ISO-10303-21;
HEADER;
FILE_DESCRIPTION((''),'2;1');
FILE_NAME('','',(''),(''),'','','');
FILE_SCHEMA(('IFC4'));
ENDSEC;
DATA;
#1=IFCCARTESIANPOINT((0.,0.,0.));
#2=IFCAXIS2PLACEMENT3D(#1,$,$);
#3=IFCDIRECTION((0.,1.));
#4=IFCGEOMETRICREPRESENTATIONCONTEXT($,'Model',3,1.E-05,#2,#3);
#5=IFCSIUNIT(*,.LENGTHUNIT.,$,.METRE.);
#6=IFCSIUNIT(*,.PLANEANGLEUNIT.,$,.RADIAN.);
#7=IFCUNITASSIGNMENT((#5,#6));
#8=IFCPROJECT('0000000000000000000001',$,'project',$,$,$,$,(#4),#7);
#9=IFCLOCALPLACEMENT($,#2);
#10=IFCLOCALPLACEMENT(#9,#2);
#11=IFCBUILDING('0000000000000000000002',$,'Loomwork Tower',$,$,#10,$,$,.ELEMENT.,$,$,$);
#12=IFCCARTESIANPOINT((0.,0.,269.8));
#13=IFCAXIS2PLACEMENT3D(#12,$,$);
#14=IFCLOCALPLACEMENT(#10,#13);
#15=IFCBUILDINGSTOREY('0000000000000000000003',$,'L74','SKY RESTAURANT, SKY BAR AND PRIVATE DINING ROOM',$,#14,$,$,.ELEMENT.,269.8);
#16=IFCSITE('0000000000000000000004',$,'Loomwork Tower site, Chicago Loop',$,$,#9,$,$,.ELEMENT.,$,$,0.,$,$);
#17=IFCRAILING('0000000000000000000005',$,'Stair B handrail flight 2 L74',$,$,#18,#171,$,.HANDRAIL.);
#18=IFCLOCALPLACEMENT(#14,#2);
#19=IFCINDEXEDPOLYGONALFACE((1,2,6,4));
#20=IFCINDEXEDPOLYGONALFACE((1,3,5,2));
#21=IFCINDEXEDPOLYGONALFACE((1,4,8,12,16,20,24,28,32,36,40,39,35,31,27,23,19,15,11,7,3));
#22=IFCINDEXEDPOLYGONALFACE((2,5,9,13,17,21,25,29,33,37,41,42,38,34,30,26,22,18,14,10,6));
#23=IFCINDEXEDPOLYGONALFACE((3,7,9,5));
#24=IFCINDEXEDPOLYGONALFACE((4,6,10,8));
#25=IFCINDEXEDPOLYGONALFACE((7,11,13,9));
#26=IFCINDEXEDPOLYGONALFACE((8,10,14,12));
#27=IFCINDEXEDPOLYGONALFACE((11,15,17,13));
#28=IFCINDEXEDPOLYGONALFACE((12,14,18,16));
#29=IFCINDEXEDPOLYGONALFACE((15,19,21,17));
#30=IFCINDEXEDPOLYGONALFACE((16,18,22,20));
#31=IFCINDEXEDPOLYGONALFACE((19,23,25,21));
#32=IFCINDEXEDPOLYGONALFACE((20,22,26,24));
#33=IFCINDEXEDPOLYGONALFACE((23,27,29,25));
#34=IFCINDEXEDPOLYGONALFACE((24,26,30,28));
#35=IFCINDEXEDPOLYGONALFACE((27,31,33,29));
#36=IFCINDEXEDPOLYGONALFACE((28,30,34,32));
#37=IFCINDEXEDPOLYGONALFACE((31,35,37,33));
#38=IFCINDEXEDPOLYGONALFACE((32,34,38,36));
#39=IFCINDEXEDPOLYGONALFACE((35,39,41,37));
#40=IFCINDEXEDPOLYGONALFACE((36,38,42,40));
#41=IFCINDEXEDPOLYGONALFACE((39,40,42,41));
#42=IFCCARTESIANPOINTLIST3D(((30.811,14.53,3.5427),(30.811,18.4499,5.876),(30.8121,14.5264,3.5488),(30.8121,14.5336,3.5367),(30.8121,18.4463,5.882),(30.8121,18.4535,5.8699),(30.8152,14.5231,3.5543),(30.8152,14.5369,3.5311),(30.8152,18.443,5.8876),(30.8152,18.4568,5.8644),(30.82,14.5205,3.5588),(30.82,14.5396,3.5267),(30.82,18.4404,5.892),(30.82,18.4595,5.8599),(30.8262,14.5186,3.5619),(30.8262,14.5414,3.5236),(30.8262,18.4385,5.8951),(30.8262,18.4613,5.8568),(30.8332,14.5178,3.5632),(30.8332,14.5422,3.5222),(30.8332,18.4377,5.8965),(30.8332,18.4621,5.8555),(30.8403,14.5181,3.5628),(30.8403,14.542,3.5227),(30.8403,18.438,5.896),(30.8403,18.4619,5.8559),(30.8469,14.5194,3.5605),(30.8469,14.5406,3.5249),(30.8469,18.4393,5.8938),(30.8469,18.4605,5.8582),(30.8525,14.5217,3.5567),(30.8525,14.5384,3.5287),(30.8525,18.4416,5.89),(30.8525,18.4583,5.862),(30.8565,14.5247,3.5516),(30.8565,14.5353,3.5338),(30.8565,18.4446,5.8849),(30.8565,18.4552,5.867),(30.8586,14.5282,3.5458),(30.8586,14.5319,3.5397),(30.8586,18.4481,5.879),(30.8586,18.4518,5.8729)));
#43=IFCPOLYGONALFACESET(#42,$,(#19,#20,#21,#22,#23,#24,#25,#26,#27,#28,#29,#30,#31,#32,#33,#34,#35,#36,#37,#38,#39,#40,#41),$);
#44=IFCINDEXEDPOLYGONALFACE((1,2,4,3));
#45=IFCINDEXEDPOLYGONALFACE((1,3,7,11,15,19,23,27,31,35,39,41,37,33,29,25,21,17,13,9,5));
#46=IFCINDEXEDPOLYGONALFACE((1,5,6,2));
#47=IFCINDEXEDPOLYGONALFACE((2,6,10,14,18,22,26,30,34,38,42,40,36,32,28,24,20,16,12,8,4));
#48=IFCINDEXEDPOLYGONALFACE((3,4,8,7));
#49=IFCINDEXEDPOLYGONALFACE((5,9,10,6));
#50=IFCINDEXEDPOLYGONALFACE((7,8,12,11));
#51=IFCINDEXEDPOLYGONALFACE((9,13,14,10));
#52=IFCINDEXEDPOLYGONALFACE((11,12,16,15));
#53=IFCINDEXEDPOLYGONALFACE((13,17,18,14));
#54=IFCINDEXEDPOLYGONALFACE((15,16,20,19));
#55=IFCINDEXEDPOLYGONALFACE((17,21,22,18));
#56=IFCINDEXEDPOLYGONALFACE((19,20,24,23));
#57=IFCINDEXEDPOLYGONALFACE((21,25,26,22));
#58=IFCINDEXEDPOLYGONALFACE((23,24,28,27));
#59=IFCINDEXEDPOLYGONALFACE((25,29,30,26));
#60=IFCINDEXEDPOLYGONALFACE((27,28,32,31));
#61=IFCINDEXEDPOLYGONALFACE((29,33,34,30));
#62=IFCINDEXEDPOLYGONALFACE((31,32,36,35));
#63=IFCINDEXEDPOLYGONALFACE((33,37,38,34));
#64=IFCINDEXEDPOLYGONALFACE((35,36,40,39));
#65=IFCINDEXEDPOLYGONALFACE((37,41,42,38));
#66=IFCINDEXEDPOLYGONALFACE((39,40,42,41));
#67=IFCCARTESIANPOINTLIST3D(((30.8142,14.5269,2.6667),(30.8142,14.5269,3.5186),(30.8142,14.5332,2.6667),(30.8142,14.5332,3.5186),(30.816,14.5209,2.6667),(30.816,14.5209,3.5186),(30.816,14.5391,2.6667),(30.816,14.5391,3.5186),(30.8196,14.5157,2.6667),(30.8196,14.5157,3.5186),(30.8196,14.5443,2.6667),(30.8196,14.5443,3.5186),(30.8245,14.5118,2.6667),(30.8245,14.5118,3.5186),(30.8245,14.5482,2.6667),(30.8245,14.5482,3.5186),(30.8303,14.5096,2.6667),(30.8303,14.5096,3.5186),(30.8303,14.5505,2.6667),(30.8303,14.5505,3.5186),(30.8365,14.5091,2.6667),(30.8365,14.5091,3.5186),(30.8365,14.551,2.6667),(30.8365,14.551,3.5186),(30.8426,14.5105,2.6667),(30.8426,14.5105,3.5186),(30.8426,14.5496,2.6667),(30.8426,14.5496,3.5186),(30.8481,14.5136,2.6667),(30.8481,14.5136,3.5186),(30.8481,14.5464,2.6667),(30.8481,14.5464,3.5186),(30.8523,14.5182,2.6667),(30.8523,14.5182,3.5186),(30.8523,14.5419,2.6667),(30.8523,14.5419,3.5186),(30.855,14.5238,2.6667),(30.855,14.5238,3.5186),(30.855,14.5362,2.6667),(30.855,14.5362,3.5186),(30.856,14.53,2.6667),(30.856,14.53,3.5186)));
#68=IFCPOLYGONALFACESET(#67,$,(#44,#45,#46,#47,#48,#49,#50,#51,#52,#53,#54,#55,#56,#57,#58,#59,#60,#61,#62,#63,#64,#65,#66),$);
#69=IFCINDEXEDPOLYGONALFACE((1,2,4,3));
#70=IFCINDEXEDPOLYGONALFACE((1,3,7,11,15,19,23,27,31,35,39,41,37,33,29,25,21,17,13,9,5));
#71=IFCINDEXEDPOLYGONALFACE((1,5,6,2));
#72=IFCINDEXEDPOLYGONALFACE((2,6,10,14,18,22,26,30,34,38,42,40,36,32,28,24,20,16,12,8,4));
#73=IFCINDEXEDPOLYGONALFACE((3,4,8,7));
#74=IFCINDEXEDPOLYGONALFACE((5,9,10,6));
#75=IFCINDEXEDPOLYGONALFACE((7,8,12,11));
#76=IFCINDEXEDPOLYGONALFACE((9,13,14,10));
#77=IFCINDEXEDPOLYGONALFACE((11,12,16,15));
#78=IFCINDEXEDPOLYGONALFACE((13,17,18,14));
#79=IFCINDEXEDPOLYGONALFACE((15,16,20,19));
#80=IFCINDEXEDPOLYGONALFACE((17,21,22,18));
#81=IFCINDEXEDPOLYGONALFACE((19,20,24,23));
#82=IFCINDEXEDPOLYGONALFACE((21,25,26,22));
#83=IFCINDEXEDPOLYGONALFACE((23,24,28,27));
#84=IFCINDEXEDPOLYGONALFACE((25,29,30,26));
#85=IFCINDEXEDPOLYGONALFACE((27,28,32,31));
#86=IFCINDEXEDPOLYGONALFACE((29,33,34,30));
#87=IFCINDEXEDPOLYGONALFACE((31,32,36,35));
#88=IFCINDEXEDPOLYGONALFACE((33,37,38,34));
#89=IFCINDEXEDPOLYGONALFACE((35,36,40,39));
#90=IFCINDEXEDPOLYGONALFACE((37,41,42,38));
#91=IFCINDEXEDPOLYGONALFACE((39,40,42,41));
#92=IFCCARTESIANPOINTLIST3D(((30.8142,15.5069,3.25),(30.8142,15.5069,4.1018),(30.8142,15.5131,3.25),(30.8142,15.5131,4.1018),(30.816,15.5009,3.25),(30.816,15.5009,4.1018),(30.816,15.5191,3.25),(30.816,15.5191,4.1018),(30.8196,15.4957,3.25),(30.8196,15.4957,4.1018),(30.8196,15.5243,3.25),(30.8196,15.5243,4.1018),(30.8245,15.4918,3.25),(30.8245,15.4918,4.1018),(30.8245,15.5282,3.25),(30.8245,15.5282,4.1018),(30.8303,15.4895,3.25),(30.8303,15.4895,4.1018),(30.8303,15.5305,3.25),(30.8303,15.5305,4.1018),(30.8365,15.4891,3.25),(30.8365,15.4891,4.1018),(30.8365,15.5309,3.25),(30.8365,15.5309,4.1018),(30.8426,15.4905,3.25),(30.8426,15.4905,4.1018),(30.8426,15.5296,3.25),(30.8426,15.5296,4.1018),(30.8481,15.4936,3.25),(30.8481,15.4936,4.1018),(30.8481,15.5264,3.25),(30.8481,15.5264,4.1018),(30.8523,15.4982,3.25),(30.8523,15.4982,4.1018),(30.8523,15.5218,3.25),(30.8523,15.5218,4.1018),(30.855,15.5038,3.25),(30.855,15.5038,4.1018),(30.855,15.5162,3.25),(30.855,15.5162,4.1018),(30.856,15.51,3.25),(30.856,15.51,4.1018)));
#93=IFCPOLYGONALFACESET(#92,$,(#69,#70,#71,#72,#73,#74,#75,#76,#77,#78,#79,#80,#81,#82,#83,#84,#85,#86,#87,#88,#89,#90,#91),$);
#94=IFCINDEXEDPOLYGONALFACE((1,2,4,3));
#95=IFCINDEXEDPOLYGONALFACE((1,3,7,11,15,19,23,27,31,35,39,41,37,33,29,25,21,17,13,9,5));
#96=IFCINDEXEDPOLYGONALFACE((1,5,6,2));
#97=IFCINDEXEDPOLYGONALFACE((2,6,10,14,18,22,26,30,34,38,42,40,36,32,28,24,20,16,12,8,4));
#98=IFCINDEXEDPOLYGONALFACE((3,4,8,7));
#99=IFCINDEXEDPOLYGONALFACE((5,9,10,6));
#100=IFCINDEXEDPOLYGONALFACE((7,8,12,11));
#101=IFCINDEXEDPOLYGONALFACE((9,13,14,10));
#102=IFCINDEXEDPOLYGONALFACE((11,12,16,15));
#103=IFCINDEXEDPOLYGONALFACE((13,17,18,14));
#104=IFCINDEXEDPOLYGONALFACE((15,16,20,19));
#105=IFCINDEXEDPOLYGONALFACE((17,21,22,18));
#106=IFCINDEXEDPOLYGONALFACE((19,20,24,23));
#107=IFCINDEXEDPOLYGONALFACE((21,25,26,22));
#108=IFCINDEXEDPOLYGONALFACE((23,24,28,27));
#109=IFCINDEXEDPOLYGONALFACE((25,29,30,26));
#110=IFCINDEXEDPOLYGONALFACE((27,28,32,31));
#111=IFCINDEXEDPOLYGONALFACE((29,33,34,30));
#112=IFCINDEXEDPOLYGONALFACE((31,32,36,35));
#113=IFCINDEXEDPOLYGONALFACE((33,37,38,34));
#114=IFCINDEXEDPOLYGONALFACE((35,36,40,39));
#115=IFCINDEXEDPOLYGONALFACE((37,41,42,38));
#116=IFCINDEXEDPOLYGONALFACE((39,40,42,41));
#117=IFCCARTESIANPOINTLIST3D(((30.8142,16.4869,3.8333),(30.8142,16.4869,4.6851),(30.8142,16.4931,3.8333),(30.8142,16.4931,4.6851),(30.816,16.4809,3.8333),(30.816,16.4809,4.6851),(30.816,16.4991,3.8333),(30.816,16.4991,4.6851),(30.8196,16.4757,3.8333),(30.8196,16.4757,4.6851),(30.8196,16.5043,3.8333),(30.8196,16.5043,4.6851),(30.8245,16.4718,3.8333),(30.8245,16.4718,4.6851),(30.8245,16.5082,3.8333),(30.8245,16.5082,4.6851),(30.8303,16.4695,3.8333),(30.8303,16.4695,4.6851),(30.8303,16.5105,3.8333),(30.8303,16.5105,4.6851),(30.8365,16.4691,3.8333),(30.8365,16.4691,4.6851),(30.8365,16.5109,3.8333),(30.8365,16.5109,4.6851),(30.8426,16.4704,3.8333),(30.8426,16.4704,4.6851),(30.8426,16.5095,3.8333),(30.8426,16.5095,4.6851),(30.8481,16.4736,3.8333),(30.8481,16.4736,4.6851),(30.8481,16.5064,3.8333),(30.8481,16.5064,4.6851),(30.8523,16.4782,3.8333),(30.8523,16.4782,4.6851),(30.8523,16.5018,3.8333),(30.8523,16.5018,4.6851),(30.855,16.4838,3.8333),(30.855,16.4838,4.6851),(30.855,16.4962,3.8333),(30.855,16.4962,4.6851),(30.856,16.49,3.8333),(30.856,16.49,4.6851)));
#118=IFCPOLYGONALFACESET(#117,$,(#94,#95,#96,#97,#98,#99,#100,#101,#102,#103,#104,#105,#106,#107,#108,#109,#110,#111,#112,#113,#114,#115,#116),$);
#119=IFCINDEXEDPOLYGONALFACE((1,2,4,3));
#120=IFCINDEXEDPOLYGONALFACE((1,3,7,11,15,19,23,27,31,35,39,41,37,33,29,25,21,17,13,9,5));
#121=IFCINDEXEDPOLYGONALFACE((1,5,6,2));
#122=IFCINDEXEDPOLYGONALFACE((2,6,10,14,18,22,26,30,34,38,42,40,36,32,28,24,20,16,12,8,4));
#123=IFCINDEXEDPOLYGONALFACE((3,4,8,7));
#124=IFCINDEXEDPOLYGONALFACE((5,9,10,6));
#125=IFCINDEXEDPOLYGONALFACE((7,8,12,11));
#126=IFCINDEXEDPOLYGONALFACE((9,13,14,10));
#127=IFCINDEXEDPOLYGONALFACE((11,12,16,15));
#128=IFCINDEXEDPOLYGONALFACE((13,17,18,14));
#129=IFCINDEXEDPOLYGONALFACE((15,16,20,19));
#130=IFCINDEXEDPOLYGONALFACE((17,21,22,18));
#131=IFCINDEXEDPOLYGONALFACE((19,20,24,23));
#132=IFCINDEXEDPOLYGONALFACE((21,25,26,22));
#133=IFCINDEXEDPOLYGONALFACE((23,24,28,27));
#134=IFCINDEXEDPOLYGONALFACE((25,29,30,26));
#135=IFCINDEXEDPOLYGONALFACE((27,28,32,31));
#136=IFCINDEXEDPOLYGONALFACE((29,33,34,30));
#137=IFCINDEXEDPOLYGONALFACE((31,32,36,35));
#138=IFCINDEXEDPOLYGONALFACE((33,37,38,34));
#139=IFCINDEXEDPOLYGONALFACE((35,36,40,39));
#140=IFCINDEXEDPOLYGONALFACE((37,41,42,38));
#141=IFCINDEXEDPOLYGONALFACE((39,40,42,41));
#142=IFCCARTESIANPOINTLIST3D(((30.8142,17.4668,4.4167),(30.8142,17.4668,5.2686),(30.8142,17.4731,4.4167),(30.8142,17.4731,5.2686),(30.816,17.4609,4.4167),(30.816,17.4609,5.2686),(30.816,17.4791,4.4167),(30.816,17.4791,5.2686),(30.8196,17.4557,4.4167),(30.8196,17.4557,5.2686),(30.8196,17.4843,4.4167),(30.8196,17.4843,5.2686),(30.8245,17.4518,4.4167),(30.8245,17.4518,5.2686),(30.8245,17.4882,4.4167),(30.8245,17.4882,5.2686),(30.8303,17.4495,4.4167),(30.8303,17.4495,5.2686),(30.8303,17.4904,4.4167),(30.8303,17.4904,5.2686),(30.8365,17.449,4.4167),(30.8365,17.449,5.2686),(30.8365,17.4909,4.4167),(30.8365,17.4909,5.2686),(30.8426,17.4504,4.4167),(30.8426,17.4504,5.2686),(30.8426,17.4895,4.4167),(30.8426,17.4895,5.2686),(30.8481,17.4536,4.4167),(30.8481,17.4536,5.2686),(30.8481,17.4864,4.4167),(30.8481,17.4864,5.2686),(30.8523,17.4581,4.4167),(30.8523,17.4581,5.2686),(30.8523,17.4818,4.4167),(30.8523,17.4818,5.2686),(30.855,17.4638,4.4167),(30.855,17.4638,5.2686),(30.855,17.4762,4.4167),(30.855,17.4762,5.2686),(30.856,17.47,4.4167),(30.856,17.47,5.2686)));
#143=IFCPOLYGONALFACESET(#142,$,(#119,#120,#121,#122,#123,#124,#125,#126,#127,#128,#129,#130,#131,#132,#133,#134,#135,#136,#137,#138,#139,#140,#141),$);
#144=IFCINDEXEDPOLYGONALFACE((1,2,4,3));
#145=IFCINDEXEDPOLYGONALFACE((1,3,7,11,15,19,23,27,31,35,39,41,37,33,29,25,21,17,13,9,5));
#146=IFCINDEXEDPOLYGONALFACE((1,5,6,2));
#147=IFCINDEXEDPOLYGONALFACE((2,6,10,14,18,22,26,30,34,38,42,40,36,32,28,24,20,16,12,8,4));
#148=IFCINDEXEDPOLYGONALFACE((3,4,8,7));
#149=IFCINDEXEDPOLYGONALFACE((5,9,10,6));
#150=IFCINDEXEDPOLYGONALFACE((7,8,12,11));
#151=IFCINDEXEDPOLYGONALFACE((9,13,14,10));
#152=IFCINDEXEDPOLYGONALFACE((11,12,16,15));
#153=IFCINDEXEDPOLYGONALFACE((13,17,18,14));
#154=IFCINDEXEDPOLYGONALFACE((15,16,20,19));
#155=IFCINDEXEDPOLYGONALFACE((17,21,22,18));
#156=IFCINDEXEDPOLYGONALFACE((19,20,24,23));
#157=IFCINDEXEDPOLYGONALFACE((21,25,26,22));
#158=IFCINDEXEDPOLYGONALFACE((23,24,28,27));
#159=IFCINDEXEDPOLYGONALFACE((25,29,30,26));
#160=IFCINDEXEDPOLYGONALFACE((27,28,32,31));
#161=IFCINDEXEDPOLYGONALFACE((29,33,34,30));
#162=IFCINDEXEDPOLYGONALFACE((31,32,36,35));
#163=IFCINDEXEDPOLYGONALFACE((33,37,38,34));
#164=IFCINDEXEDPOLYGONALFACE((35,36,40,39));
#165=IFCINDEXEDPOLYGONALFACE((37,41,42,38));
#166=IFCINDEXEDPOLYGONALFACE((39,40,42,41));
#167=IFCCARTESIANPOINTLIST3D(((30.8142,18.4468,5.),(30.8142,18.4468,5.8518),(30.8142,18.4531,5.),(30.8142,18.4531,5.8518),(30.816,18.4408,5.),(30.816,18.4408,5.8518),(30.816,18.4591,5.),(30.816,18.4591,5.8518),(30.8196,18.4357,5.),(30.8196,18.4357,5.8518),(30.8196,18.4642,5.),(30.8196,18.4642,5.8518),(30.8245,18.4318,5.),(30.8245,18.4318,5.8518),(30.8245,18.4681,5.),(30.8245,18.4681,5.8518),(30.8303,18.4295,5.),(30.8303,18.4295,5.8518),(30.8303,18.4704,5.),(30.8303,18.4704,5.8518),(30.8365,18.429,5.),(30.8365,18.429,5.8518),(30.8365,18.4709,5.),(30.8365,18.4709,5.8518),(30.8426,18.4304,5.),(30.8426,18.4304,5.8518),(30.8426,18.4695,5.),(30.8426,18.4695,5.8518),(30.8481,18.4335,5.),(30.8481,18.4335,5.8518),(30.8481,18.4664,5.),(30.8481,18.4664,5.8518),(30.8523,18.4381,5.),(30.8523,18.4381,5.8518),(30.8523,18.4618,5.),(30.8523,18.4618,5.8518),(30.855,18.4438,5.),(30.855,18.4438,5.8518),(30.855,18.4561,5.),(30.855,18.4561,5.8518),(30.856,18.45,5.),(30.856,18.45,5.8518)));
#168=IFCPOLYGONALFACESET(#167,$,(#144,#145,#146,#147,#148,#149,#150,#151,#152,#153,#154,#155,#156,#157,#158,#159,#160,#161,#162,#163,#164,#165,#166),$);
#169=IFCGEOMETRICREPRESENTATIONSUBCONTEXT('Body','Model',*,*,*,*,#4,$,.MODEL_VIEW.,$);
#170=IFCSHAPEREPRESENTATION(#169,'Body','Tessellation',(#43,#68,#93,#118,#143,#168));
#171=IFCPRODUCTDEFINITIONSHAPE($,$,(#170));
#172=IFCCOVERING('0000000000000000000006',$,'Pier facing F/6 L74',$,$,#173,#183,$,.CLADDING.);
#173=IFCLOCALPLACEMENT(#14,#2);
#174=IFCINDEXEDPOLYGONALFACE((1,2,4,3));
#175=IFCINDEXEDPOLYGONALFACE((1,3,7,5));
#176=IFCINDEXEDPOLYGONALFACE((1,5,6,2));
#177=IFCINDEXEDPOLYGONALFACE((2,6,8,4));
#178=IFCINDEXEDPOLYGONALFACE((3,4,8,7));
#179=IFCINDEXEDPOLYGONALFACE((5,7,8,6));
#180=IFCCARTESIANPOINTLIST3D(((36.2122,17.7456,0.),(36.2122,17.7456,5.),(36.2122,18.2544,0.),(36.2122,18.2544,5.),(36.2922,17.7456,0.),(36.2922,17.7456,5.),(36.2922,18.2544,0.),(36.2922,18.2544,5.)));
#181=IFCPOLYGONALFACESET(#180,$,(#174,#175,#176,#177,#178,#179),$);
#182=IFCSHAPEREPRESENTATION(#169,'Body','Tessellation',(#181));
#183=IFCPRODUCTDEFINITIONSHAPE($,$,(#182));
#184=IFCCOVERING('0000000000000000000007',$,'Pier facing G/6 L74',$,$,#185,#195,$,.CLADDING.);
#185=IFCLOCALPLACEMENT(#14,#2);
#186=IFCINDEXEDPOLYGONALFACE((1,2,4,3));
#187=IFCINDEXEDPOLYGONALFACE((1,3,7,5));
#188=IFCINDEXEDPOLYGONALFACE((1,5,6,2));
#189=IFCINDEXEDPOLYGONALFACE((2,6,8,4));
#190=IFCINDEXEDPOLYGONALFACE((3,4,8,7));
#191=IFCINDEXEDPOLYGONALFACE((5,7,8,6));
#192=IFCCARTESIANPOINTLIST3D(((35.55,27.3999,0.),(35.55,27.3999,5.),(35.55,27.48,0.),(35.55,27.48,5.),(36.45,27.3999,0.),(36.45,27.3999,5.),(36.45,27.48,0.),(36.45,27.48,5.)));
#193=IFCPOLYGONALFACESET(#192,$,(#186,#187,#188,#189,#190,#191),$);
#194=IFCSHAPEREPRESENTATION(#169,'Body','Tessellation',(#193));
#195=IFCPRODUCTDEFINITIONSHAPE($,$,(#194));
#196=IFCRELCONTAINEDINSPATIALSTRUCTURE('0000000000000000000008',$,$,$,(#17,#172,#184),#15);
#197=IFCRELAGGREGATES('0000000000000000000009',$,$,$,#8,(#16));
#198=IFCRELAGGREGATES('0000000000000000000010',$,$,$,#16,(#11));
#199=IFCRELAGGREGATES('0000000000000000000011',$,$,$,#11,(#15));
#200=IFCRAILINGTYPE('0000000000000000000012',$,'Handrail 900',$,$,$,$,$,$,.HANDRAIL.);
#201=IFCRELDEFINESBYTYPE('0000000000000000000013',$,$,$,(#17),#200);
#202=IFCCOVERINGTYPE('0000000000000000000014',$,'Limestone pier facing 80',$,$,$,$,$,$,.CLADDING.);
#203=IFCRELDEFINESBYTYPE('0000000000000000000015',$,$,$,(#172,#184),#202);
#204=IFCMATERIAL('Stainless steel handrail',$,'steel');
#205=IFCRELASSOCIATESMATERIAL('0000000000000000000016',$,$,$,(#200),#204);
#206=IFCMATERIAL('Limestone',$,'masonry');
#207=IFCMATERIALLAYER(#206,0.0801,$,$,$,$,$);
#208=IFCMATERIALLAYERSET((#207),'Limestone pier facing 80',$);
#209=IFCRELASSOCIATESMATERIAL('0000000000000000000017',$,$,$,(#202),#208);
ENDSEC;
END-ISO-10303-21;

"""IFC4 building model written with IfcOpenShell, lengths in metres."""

from ifc_helpers import new_model, si_unit, direction, frame, origin, origin_2d, place, context, subcontext, project, spatial, rectangle, circle, extrude, material, layer, layer_set, type_object, element, save


model = new_model("IFC4")

# Units and contexts
model_context = context("Model", 3, precision=1e-05, world=origin(), true_north=direction((0.0, 1.0)))
body_context = subcontext(model_context, "Body", "Model", "MODEL_VIEW")
ifc_project = project(units=[si_unit("LENGTHUNIT", "METRE"), si_unit("PLANEANGLEUNIT", "RADIAN")], contexts=[model_context])

# Site, building, storey
site_placement = place(None, origin())
site = spatial("IfcSite", under=ifc_project, at=site_placement, Name="Loomwork Tower site, Chicago Loop", CompositionType="ELEMENT", RefElevation=0.0)
building_placement = place(site_placement, origin())
building = spatial("IfcBuilding", under=site, at=building_placement, Name="Loomwork Tower", CompositionType="ELEMENT")
storey_placement = place(building_placement, frame((0.0, 0.0, 269.8)))
storey = spatial("IfcBuildingStorey", under=building, at=storey_placement, Name="L74", Description="SKY RESTAURANT, SKY BAR AND PRIVATE DINING ROOM", CompositionType="ELEMENT", Elevation=269.8)

# Railing
ifc_material_1 = material(Name="Stainless steel handrail", Category="steel")
railing_type = type_object("IfcRailingType", Name="Handrail 900", PredefinedType="HANDRAIL", material=ifc_material_1)
railing_1_placement = place(storey_placement, frame((30.835, 14.53, 2.6667)))
element("IfcRailing", 1, at=railing_1_placement, inside=storey, type_object=railing_type, Name="Stair B handrail flight 2 L74", PredefinedType="HANDRAIL", context=body_context, shape_type="SweptSolid", body=[
    extrude(circle(Radius=0.0239, at=origin_2d()), frame((0.0, 0.0, 0.876), z_axis=(0.0, 0.859296, 0.511478), x_axis=(-1.0, 0.0, 0.0)), (0.0, 0.0, 1.0), 4.5618),
    extrude(circle(Radius=0.021, at=origin_2d()), origin(), (0.0, 0.0, 1.0), 0.8518),
    extrude(circle(Radius=0.021, at=origin_2d()), frame((0.0, 0.98, 0.5833)), (0.0, 0.0, 1.0), 0.8518),
    extrude(circle(Radius=0.021, at=origin_2d()), frame((0.0, 1.96, 1.1665)), (0.0, 0.0, 1.0), 0.8518),
    extrude(circle(Radius=0.021, at=origin_2d()), frame((0.0, 2.9399, 1.75)), (0.0, 0.0, 1.0), 0.8518),
    extrude(circle(Radius=0.021, at=origin_2d()), frame((0.0, 3.9199, 2.3333)), (0.0, 0.0, 1.0), 0.8518),
])

# Coverings
ifc_material_2 = material(Name="Limestone", Category="masonry")
ifc_layer_1 = layer(ifc_material_2, 0.0801)
ifc_layer_set_1 = layer_set([ifc_layer_1], Name="Limestone pier facing 80")
covering_type = type_object("IfcCoveringType", Name="Limestone pier facing 80", PredefinedType="CLADDING", material=ifc_layer_set_1)
covering_1_placement = place(storey_placement, frame((36.2522, 18.0, 0.0), z_axis=(0.0, 0.0, 1.0), x_axis=(1.0, 0.0, 0.0)))
element("IfcCovering", 2, at=covering_1_placement, inside=storey, type_object=covering_type, Name="Pier facing F/6 L74", PredefinedType="CLADDING", context=body_context, shape_type="SweptSolid", body=[
    extrude(rectangle(XDim=0.0801, YDim=0.5088, at=origin_2d()), origin(), (0.0, 0.0, 1.0), 5.0),
])
covering_2_placement = place(storey_placement, frame((36.0, 27.4399, 0.0), z_axis=(0.0, 0.0, 1.0), x_axis=(1.0, 0.0, 0.0)))
element("IfcCovering", 3, at=covering_2_placement, inside=storey, type_object=covering_type, Name="Pier facing G/6 L74", PredefinedType="CLADDING", context=body_context, shape_type="SweptSolid", body=[
    extrude(rectangle(XDim=0.8999, YDim=0.0801, at=origin_2d()), origin(), (0.0, 0.0, 1.0), 5.0),
])

save(model, "model.ifc")
